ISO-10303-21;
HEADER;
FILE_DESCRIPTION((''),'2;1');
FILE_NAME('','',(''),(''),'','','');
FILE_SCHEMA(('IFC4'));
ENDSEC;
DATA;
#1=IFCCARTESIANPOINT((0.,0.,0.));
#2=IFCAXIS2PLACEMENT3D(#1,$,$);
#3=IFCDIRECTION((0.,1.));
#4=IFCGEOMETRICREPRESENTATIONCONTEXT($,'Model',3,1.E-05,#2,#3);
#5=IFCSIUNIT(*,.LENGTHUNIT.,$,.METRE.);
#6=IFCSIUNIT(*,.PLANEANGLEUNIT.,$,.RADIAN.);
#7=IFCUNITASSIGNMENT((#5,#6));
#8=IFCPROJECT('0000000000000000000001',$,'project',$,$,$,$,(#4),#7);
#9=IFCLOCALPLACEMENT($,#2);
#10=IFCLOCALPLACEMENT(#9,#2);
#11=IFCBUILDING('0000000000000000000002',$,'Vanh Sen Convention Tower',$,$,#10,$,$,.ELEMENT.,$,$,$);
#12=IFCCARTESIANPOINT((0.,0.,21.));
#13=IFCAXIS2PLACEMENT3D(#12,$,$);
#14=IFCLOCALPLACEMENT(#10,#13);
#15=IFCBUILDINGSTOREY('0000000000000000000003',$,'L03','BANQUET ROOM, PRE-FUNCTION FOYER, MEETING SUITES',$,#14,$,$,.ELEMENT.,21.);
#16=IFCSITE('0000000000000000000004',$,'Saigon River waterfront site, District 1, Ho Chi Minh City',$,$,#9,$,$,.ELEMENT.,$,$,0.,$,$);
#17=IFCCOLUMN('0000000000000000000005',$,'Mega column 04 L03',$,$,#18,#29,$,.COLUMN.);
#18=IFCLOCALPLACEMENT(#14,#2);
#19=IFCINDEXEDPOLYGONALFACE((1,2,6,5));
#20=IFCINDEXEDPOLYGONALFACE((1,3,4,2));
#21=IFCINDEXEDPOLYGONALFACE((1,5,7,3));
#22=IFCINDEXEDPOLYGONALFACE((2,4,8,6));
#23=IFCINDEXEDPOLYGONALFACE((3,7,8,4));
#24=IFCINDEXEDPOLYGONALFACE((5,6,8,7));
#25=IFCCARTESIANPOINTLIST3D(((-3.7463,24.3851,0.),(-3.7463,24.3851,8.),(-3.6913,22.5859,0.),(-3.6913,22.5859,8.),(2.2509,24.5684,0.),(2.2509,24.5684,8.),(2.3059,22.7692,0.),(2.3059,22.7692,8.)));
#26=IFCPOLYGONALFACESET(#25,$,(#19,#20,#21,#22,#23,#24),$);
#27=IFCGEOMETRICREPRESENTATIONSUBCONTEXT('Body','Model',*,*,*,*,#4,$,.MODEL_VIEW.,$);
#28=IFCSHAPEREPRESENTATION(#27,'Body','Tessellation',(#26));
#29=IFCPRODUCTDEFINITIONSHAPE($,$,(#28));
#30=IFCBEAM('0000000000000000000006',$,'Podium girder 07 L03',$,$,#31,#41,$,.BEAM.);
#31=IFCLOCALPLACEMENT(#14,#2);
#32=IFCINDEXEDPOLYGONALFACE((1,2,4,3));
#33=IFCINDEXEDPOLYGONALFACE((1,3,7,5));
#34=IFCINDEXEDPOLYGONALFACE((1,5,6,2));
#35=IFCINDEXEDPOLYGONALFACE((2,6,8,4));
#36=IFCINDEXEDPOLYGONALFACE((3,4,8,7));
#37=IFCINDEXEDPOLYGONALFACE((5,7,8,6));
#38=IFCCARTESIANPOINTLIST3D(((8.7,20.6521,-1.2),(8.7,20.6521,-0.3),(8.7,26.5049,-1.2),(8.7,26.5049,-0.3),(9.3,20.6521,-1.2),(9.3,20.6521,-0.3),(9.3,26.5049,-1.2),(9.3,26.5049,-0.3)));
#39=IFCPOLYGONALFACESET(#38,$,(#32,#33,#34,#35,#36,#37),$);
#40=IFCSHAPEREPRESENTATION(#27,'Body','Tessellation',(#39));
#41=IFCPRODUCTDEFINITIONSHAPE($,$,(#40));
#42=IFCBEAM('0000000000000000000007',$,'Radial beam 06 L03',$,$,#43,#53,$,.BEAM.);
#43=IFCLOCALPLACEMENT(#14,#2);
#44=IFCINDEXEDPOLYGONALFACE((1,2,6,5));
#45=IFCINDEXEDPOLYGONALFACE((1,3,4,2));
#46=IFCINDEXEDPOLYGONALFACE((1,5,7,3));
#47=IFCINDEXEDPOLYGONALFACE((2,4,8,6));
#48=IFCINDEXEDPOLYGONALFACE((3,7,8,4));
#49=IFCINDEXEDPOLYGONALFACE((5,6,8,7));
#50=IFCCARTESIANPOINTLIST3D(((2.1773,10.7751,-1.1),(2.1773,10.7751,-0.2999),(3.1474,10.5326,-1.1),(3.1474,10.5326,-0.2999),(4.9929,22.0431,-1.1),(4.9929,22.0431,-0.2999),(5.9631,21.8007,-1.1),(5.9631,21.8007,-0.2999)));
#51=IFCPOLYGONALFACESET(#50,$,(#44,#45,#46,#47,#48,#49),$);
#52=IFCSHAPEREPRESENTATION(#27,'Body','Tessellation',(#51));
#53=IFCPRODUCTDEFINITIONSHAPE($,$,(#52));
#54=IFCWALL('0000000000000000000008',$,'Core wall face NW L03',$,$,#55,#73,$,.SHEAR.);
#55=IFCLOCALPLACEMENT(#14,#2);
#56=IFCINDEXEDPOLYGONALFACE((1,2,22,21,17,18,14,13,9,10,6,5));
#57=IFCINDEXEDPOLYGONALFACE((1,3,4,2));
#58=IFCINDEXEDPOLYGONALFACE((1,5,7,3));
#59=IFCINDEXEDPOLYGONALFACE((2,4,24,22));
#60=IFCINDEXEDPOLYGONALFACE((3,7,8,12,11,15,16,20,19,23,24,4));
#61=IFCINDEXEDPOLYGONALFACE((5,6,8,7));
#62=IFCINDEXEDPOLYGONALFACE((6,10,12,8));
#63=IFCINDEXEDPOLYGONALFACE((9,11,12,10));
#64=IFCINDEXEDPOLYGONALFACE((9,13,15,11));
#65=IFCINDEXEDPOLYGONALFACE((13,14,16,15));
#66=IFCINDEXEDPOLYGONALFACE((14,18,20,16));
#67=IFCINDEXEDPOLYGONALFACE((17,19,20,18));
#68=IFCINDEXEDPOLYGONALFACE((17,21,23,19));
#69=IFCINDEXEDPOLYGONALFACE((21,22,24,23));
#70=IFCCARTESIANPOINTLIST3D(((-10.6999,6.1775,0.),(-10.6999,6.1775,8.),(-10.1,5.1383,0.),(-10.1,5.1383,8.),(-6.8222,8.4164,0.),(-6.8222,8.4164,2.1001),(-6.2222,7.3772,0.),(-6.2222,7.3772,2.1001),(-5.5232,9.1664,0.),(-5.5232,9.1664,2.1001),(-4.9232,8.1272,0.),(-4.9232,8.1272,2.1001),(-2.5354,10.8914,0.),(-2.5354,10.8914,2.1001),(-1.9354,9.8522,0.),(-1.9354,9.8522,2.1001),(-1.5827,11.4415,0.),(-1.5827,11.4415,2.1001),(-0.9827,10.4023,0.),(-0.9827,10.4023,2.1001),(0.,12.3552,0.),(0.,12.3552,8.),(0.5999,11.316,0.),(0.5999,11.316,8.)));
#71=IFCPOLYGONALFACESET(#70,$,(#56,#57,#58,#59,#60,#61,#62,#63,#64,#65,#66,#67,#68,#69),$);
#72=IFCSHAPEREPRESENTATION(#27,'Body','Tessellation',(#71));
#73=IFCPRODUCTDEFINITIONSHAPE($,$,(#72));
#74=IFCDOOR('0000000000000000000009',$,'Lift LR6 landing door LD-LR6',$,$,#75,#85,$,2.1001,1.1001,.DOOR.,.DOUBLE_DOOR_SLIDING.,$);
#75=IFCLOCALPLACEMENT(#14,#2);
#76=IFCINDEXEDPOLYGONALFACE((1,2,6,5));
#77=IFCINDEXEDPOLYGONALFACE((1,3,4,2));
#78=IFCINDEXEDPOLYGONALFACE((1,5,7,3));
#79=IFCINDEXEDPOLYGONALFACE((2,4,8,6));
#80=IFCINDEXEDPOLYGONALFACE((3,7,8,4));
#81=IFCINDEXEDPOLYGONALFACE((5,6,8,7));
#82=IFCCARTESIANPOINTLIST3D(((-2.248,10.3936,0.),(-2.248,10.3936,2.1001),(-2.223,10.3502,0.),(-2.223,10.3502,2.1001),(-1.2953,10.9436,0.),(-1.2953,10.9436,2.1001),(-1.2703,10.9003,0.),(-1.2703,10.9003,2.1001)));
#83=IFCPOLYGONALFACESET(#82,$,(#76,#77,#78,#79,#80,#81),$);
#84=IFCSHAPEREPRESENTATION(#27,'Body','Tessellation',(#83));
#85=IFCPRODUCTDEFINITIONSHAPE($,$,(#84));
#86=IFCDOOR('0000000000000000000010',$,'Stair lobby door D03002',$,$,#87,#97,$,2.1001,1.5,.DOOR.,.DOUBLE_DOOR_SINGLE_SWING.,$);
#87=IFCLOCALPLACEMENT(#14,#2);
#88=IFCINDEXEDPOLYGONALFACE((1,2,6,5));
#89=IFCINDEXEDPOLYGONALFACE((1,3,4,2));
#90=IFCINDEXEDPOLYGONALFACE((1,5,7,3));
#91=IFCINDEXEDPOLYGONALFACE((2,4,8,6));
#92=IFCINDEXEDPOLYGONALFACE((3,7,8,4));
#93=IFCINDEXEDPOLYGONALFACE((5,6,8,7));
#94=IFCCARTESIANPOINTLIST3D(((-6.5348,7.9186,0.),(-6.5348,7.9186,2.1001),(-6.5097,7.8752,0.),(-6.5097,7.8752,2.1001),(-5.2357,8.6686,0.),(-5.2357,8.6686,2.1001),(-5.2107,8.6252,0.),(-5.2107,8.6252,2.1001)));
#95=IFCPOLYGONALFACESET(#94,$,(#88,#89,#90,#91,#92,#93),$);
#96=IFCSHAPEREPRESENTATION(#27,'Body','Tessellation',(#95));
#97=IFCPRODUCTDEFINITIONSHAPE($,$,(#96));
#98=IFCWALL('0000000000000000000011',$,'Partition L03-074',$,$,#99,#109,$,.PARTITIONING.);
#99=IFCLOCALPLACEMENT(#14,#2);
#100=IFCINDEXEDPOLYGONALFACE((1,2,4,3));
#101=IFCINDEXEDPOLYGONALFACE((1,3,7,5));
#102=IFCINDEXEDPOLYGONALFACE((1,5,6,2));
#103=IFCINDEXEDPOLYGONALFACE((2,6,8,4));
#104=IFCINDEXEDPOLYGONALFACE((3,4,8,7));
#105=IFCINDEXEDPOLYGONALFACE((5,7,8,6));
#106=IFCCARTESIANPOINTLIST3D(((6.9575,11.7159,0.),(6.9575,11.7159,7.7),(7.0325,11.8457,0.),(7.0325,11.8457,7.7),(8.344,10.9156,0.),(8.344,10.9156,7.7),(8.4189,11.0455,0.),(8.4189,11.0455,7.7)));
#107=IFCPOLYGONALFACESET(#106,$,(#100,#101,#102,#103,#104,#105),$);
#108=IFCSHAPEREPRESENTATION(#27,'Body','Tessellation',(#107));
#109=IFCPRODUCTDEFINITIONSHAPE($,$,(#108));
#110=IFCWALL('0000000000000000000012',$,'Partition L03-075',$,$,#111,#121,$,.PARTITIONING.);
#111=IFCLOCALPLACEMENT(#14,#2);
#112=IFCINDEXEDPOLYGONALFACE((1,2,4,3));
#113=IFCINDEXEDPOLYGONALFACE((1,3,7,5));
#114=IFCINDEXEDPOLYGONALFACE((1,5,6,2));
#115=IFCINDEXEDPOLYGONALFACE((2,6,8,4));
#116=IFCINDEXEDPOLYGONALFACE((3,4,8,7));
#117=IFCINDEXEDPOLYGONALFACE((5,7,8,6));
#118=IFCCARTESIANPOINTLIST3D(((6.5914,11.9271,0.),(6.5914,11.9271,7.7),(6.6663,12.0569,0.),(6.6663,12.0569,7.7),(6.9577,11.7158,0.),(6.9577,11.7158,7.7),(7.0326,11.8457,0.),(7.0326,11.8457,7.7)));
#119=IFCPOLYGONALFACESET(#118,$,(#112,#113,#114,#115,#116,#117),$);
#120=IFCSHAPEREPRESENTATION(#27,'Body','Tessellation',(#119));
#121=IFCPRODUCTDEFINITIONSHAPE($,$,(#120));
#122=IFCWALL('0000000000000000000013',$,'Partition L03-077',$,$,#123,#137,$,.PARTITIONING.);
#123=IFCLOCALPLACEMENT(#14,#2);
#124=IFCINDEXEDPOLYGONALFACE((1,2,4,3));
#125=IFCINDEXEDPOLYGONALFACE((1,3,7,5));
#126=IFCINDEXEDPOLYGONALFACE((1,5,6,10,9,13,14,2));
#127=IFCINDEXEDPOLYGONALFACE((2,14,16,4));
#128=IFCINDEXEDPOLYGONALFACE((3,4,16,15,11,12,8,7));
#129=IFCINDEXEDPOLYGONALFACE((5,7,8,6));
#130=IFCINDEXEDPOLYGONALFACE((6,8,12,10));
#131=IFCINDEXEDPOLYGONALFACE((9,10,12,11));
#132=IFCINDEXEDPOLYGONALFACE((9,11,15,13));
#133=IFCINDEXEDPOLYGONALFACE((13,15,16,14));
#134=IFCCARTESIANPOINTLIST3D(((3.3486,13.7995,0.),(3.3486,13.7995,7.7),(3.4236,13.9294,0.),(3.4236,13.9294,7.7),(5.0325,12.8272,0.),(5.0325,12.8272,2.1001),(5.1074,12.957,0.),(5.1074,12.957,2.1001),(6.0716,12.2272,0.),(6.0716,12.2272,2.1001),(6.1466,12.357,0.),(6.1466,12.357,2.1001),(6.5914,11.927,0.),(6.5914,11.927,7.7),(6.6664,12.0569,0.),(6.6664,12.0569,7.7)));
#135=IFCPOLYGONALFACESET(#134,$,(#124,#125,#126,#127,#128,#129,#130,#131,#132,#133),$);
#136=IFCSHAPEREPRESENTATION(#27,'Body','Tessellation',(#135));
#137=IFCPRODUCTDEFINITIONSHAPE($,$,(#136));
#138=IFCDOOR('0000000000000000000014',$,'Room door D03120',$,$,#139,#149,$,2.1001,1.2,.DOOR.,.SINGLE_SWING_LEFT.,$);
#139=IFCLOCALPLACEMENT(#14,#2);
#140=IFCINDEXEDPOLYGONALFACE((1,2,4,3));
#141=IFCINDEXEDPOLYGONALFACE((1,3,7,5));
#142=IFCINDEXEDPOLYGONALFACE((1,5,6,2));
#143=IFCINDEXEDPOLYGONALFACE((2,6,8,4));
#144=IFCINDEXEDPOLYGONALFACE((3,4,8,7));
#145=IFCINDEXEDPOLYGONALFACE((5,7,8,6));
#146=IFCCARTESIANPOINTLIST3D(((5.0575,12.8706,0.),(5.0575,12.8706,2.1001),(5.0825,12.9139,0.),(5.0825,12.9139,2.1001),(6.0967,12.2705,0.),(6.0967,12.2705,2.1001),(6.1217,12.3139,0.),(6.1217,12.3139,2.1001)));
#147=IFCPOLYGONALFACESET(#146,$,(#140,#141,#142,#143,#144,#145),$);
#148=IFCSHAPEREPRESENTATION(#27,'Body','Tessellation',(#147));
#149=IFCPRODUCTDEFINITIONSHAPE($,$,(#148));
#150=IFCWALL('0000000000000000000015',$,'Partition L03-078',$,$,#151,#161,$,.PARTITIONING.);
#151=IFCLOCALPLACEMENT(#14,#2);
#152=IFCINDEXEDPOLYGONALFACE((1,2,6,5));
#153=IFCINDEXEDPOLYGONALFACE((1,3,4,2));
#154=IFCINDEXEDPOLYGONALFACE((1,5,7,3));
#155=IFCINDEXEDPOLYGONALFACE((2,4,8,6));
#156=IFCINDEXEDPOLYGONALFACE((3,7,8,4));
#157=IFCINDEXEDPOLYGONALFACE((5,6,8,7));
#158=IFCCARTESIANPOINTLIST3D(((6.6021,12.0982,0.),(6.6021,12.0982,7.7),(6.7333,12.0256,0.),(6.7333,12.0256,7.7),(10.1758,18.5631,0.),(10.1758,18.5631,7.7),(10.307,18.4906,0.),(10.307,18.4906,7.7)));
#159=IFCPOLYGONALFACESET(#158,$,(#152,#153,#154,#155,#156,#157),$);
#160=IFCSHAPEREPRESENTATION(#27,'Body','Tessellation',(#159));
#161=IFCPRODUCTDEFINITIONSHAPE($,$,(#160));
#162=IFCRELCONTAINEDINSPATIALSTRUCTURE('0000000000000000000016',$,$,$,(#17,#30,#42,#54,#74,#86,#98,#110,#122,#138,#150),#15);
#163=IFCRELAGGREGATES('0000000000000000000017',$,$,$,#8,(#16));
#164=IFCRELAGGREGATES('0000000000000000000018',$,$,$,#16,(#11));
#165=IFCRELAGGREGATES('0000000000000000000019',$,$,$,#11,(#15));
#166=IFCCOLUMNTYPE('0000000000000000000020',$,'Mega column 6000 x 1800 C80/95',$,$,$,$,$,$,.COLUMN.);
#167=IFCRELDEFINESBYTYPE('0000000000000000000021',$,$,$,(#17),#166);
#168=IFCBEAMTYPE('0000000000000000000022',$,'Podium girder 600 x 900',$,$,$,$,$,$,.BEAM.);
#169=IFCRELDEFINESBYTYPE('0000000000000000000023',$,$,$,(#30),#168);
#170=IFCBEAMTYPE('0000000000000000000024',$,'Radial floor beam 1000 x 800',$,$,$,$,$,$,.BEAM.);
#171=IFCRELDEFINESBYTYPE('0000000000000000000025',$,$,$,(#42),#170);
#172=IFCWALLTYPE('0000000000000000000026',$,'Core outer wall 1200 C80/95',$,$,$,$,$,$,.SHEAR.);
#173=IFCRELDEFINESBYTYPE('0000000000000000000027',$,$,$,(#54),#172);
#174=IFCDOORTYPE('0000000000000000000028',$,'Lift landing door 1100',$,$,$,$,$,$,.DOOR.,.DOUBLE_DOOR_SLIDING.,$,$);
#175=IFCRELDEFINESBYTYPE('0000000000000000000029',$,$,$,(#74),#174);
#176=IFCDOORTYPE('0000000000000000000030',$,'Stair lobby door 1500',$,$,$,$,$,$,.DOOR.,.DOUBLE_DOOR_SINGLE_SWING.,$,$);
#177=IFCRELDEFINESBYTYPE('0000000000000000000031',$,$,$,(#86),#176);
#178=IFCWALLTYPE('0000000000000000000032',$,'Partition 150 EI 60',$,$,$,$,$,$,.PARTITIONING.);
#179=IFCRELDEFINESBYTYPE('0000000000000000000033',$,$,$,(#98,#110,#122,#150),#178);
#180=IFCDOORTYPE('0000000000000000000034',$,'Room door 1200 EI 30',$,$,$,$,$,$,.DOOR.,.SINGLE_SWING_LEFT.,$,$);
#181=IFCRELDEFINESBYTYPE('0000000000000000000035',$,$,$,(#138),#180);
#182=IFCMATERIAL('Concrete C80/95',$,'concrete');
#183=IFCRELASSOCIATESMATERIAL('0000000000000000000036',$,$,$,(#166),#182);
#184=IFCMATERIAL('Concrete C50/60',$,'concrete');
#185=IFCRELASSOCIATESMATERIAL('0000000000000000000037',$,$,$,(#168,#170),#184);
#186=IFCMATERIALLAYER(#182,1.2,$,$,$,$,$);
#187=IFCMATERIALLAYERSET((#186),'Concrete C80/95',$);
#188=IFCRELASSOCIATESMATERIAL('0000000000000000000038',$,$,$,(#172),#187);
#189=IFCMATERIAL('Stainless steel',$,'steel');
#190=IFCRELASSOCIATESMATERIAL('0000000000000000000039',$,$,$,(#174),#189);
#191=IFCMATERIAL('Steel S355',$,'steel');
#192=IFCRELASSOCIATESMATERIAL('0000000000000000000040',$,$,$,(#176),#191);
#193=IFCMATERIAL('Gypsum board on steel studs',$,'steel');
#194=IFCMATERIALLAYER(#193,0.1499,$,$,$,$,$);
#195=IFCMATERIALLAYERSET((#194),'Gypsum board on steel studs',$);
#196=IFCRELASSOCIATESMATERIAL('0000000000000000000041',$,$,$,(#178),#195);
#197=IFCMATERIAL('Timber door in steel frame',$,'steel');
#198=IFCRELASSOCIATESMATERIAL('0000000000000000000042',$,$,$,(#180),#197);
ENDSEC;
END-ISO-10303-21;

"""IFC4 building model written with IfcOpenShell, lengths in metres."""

from ifc_helpers import new_model, si_unit, direction, frame, frame_2d, origin, origin_2d, place, context, subcontext, project, spatial, rectangle, extrude, material, layer, layer_set, material_profile, profile_set, type_object, element, fill, save


model = new_model("IFC4")

# Units and contexts
model_context = context("Model", 3, precision=1e-05, world=origin(), true_north=direction((0.0, 1.0)))
body_context = subcontext(model_context, "Body", "Model", "MODEL_VIEW")
ifc_project = project(units=[si_unit("LENGTHUNIT", "METRE"), si_unit("PLANEANGLEUNIT", "RADIAN")], contexts=[model_context])

# Site, building, storey
site_placement = place(None, origin())
site = spatial("IfcSite", under=ifc_project, at=site_placement, Name="Saigon River waterfront site, District 1, Ho Chi Minh City", CompositionType="ELEMENT", RefElevation=0.0)
building_placement = place(site_placement, origin())
building = spatial("IfcBuilding", under=site, at=building_placement, Name="Vanh Sen Convention Tower", CompositionType="ELEMENT")
storey_placement = place(building_placement, frame((0.0, 0.0, 21.0)))
storey = spatial("IfcBuildingStorey", under=building, at=storey_placement, Name="L03", Description="BANQUET ROOM, PRE-FUNCTION FOYER, MEETING SUITES", CompositionType="ELEMENT", Elevation=21.0)

# Column
ifc_material_1 = material(Name="Concrete C80/95", Category="concrete")
ifc_material_profile_1 = material_profile(ifc_material_1, rectangle(XDim=6.0, YDim=1.8, at=origin_2d()), Name="RC 6000X1800")
ifc_profile_set_1 = profile_set([ifc_material_profile_1], Name="Concrete C80/95")
column_type = type_object("IfcColumnType", Name="Mega column 6000 x 1800 C80/95", PredefinedType="COLUMN", material=ifc_profile_set_1)
column_placement = place(storey_placement, frame((-0.7202, 23.5771, 0.0), z_axis=(0.0, 0.0, 1.0), x_axis=(-0.999534, -0.030537, 0.0)))
element("IfcColumn", 1, at=column_placement, inside=storey, type_object=column_type, Name="Mega column 04 L03", PredefinedType="COLUMN", context=body_context, shape_type="SweptSolid", body=[
    extrude(rectangle(XDim=6.0, YDim=1.8, at=origin_2d()), origin(), (0.0, 0.0, 1.0), 8.0),
])

# Beams
ifc_material_2 = material(Name="Concrete C50/60", Category="concrete")
ifc_material_profile_2 = material_profile(ifc_material_2, rectangle(XDim=0.6001, YDim=0.8999, at=origin_2d()), Name="RC 600X900")
ifc_profile_set_2 = profile_set([ifc_material_profile_2], Name="Concrete C50/60")
beam_type_1 = type_object("IfcBeamType", Name="Podium girder 600 x 900", PredefinedType="BEAM", material=ifc_profile_set_2)
beam_1_placement = place(storey_placement, frame((9.0, 20.6521, -0.75), z_axis=(0.0, 1.0, 0.0), x_axis=(-1.0, 0.0, 0.0)))
element("IfcBeam", 2, at=beam_1_placement, inside=storey, type_object=beam_type_1, Name="Podium girder 07 L03", PredefinedType="BEAM", context=body_context, shape_type="SweptSolid", body=[
    extrude(rectangle(XDim=0.6001, YDim=0.8999, at=origin_2d()), origin(), (0.0, 0.0, 1.0), 5.8528),
])
ifc_material_profile_3 = material_profile(ifc_material_2, rectangle(XDim=1.0, YDim=0.8, at=origin_2d()), Name="RC 1000X800")
ifc_profile_set_3 = profile_set([ifc_material_profile_3], Name="Concrete C50/60")
beam_type_2 = type_object("IfcBeamType", Name="Radial floor beam 1000 x 800", PredefinedType="BEAM", material=ifc_profile_set_3)
beam_2_placement = place(storey_placement, frame((5.478, 21.9219, -0.7), z_axis=(-0.242427, -0.97017, 0.0), x_axis=(0.97017, -0.242427, 0.0)))
element("IfcBeam", 3, at=beam_2_placement, inside=storey, type_object=beam_type_2, Name="Radial beam 06 L03", PredefinedType="BEAM", context=body_context, shape_type="SweptSolid", body=[
    extrude(rectangle(XDim=1.0, YDim=0.8, at=origin_2d()), origin(), (0.0, 0.0, 1.0), 11.6145),
])

# Wall, openings, doors
ifc_layer_1 = layer(ifc_material_1, 1.2)
ifc_layer_set_1 = layer_set([ifc_layer_1], Name="Concrete C80/95")
wall_type_1 = type_object("IfcWallType", Name="Core outer wall 1200 C80/95", PredefinedType="SHEAR", material=ifc_layer_set_1)
wall_1_placement = place(storey_placement, frame((0.3, 11.8357, 0.0), z_axis=(0.0, 0.0, 1.0), x_axis=(-0.866021, -0.500007, 0.0)))
wall_1 = element("IfcWall", 4, at=wall_1_placement, inside=storey, type_object=wall_type_1, Name="Core wall face NW L03", PredefinedType="SHEAR", context=body_context, shape_type="SweptSolid", body=[
    extrude(rectangle(XDim=12.3552, YDim=1.2, at=frame_2d((6.1777, 0.0))), origin(), (0.0, 0.0, 1.0), 8.0),
])
opening_1_placement = place(wall_1_placement, frame((6.3777, 0.0, 0.0)))
opening_1 = element("IfcOpeningElement", 5, at=opening_1_placement, cuts=wall_1, PredefinedType="OPENING", context=body_context, shape_type="SweptSolid", body=[
    extrude(rectangle(XDim=1.5, YDim=2.1001, at=frame_2d((0.75, 1.05))), frame((0.0, 0.6099, 0.0), z_axis=(0.0, -1.0, 0.0), x_axis=(1.0, 0.0, 0.0)), (0.0, 0.0, 1.0), 1.22),
])
opening_2_placement = place(wall_1_placement, frame((1.8276, 0.0, 0.0)))
opening_2 = element("IfcOpeningElement", 6, at=opening_2_placement, cuts=wall_1, PredefinedType="OPENING", context=body_context, shape_type="SweptSolid", body=[
    extrude(rectangle(XDim=1.1001, YDim=2.1001, at=frame_2d((0.55, 1.05))), frame((0.0, 0.6099, 0.0), z_axis=(0.0, -1.0, 0.0), x_axis=(1.0, 0.0, 0.0)), (0.0, 0.0, 1.0), 1.22),
])
ifc_material_3 = material(Name="Stainless steel", Category="steel")
door_type_1 = type_object("IfcDoorType", Name="Lift landing door 1100", OperationType="DOUBLE_DOOR_SLIDING", PredefinedType="DOOR", material=ifc_material_3)
door_1_placement = place(opening_2_placement, origin())
door_1 = element("IfcDoor", 7, at=door_1_placement, inside=storey, type_object=door_type_1, Name="Lift LR6 landing door LD-LR6", OperationType="DOUBLE_DOOR_SLIDING", OverallHeight=2.1001, OverallWidth=1.1001, PredefinedType="DOOR", context=body_context, shape_type="SweptSolid", body=[
    extrude(rectangle(XDim=1.1001, YDim=2.1001, at=frame_2d((0.55, 1.05))), frame((0.0, 0.0249, 0.0), z_axis=(0.0, -1.0, 0.0), x_axis=(1.0, 0.0, 0.0)), (0.0, 0.0, 1.0), 0.05),
])
fill(opening_2, door_1)
ifc_material_4 = material(Name="Steel S355", Category="steel")
door_type_2 = type_object("IfcDoorType", Name="Stair lobby door 1500", OperationType="DOUBLE_DOOR_SINGLE_SWING", PredefinedType="DOOR", material=ifc_material_4)
door_2_placement = place(opening_1_placement, origin())
door_2 = element("IfcDoor", 8, at=door_2_placement, inside=storey, type_object=door_type_2, Name="Stair lobby door D03002", OperationType="DOUBLE_DOOR_SINGLE_SWING", OverallHeight=2.1001, OverallWidth=1.5, PredefinedType="DOOR", context=body_context, shape_type="SweptSolid", body=[
    extrude(rectangle(XDim=1.5, YDim=2.1001, at=frame_2d((0.75, 1.05))), frame((0.0, 0.0249, 0.0), z_axis=(0.0, -1.0, 0.0), x_axis=(1.0, 0.0, 0.0)), (0.0, 0.0, 1.0), 0.05),
])
fill(opening_1, door_2)

# Walls
ifc_material_5 = material(Name="Gypsum board on steel studs", Category="steel")
ifc_layer_2 = layer(ifc_material_5, 0.1499)
ifc_layer_set_2 = layer_set([ifc_layer_2], Name="Gypsum board on steel studs")
wall_type_2 = type_object("IfcWallType", Name="Partition 150 EI 60", PredefinedType="PARTITIONING", material=ifc_layer_set_2)
wall_2_placement = place(storey_placement, frame((6.9951, 11.7808, 0.0), z_axis=(0.0, 0.0, 1.0), x_axis=(0.866076, -0.499912, 0.0)))
element("IfcWall", 9, at=wall_2_placement, inside=storey, type_object=wall_type_2, Name="Partition L03-074", PredefinedType="PARTITIONING", context=body_context, shape_type="SweptSolid", body=[
    extrude(rectangle(XDim=1.6008, YDim=0.1499, at=frame_2d((0.8003, 0.0))), origin(), (0.0, 0.0, 1.0), 7.7),
])
wall_3_placement = place(storey_placement, frame((6.9951, 11.7808, 0.0), z_axis=(0.0, 0.0, 1.0), x_axis=(-0.866282, 0.499556, 0.0)))
element("IfcWall", 10, at=wall_3_placement, inside=storey, type_object=wall_type_2, Name="Partition L03-075", PredefinedType="PARTITIONING", context=body_context, shape_type="SweptSolid", body=[
    extrude(rectangle(XDim=0.4229, YDim=0.1499, at=frame_2d((0.2114, 0.0))), origin(), (0.0, 0.0, 1.0), 7.7),
])

# Wall, opening, door
wall_4_placement = place(storey_placement, frame((6.6289, 11.9919, 0.0), z_axis=(0.0, 0.0, 1.0), x_axis=(-0.865996, 0.500052, 0.0)))
wall_4 = element("IfcWall", 11, at=wall_4_placement, inside=storey, type_object=wall_type_2, Name="Partition L03-077", PredefinedType="PARTITIONING", context=body_context, shape_type="SweptSolid", body=[
    extrude(rectangle(XDim=3.7446, YDim=0.1499, at=frame_2d((1.8723, 0.0))), origin(), (0.0, 0.0, 1.0), 7.7),
])
opening_3_placement = place(wall_4_placement, frame((0.6001, 0.0, 0.0)))
opening_3 = element("IfcOpeningElement", 12, at=opening_3_placement, cuts=wall_4, PredefinedType="OPENING", context=body_context, shape_type="SweptSolid", body=[
    extrude(rectangle(XDim=1.2, YDim=2.1001, at=frame_2d((0.6001, 1.05))), frame((0.0, 0.085, 0.0), z_axis=(0.0, -1.0, 0.0), x_axis=(1.0, 0.0, 0.0)), (0.0, 0.0, 1.0), 0.1699),
])
ifc_material_6 = material(Name="Timber door in steel frame", Category="steel")
door_type_3 = type_object("IfcDoorType", Name="Room door 1200 EI 30", OperationType="SINGLE_SWING_LEFT", PredefinedType="DOOR", material=ifc_material_6)
door_3_placement = place(opening_3_placement, origin())
door_3 = element("IfcDoor", 13, at=door_3_placement, inside=storey, type_object=door_type_3, Name="Room door D03120", OperationType="SINGLE_SWING_LEFT", OverallHeight=2.1001, OverallWidth=1.2, PredefinedType="DOOR", context=body_context, shape_type="SweptSolid", body=[
    extrude(rectangle(XDim=1.2, YDim=2.1001, at=frame_2d((0.6001, 1.05))), frame((0.0, 0.0249, 0.0), z_axis=(0.0, -1.0, 0.0), x_axis=(1.0, 0.0, 0.0)), (0.0, 0.0, 1.0), 0.05),
])
fill(opening_3, door_3)

# Wall
wall_5_placement = place(storey_placement, frame((6.6677, 12.062, 0.0), z_axis=(0.0, 0.0, 1.0), x_axis=(0.483795, 0.875181, 0.0)))
element("IfcWall", 14, at=wall_5_placement, inside=storey, type_object=wall_type_2, Name="Partition L03-078", PredefinedType="PARTITIONING", context=body_context, shape_type="SweptSolid", body=[
    extrude(rectangle(XDim=7.387, YDim=0.1499, at=frame_2d((3.6934, 0.0))), origin(), (0.0, 0.0, 1.0), 7.7),
])

save(model, "model.ifc")
